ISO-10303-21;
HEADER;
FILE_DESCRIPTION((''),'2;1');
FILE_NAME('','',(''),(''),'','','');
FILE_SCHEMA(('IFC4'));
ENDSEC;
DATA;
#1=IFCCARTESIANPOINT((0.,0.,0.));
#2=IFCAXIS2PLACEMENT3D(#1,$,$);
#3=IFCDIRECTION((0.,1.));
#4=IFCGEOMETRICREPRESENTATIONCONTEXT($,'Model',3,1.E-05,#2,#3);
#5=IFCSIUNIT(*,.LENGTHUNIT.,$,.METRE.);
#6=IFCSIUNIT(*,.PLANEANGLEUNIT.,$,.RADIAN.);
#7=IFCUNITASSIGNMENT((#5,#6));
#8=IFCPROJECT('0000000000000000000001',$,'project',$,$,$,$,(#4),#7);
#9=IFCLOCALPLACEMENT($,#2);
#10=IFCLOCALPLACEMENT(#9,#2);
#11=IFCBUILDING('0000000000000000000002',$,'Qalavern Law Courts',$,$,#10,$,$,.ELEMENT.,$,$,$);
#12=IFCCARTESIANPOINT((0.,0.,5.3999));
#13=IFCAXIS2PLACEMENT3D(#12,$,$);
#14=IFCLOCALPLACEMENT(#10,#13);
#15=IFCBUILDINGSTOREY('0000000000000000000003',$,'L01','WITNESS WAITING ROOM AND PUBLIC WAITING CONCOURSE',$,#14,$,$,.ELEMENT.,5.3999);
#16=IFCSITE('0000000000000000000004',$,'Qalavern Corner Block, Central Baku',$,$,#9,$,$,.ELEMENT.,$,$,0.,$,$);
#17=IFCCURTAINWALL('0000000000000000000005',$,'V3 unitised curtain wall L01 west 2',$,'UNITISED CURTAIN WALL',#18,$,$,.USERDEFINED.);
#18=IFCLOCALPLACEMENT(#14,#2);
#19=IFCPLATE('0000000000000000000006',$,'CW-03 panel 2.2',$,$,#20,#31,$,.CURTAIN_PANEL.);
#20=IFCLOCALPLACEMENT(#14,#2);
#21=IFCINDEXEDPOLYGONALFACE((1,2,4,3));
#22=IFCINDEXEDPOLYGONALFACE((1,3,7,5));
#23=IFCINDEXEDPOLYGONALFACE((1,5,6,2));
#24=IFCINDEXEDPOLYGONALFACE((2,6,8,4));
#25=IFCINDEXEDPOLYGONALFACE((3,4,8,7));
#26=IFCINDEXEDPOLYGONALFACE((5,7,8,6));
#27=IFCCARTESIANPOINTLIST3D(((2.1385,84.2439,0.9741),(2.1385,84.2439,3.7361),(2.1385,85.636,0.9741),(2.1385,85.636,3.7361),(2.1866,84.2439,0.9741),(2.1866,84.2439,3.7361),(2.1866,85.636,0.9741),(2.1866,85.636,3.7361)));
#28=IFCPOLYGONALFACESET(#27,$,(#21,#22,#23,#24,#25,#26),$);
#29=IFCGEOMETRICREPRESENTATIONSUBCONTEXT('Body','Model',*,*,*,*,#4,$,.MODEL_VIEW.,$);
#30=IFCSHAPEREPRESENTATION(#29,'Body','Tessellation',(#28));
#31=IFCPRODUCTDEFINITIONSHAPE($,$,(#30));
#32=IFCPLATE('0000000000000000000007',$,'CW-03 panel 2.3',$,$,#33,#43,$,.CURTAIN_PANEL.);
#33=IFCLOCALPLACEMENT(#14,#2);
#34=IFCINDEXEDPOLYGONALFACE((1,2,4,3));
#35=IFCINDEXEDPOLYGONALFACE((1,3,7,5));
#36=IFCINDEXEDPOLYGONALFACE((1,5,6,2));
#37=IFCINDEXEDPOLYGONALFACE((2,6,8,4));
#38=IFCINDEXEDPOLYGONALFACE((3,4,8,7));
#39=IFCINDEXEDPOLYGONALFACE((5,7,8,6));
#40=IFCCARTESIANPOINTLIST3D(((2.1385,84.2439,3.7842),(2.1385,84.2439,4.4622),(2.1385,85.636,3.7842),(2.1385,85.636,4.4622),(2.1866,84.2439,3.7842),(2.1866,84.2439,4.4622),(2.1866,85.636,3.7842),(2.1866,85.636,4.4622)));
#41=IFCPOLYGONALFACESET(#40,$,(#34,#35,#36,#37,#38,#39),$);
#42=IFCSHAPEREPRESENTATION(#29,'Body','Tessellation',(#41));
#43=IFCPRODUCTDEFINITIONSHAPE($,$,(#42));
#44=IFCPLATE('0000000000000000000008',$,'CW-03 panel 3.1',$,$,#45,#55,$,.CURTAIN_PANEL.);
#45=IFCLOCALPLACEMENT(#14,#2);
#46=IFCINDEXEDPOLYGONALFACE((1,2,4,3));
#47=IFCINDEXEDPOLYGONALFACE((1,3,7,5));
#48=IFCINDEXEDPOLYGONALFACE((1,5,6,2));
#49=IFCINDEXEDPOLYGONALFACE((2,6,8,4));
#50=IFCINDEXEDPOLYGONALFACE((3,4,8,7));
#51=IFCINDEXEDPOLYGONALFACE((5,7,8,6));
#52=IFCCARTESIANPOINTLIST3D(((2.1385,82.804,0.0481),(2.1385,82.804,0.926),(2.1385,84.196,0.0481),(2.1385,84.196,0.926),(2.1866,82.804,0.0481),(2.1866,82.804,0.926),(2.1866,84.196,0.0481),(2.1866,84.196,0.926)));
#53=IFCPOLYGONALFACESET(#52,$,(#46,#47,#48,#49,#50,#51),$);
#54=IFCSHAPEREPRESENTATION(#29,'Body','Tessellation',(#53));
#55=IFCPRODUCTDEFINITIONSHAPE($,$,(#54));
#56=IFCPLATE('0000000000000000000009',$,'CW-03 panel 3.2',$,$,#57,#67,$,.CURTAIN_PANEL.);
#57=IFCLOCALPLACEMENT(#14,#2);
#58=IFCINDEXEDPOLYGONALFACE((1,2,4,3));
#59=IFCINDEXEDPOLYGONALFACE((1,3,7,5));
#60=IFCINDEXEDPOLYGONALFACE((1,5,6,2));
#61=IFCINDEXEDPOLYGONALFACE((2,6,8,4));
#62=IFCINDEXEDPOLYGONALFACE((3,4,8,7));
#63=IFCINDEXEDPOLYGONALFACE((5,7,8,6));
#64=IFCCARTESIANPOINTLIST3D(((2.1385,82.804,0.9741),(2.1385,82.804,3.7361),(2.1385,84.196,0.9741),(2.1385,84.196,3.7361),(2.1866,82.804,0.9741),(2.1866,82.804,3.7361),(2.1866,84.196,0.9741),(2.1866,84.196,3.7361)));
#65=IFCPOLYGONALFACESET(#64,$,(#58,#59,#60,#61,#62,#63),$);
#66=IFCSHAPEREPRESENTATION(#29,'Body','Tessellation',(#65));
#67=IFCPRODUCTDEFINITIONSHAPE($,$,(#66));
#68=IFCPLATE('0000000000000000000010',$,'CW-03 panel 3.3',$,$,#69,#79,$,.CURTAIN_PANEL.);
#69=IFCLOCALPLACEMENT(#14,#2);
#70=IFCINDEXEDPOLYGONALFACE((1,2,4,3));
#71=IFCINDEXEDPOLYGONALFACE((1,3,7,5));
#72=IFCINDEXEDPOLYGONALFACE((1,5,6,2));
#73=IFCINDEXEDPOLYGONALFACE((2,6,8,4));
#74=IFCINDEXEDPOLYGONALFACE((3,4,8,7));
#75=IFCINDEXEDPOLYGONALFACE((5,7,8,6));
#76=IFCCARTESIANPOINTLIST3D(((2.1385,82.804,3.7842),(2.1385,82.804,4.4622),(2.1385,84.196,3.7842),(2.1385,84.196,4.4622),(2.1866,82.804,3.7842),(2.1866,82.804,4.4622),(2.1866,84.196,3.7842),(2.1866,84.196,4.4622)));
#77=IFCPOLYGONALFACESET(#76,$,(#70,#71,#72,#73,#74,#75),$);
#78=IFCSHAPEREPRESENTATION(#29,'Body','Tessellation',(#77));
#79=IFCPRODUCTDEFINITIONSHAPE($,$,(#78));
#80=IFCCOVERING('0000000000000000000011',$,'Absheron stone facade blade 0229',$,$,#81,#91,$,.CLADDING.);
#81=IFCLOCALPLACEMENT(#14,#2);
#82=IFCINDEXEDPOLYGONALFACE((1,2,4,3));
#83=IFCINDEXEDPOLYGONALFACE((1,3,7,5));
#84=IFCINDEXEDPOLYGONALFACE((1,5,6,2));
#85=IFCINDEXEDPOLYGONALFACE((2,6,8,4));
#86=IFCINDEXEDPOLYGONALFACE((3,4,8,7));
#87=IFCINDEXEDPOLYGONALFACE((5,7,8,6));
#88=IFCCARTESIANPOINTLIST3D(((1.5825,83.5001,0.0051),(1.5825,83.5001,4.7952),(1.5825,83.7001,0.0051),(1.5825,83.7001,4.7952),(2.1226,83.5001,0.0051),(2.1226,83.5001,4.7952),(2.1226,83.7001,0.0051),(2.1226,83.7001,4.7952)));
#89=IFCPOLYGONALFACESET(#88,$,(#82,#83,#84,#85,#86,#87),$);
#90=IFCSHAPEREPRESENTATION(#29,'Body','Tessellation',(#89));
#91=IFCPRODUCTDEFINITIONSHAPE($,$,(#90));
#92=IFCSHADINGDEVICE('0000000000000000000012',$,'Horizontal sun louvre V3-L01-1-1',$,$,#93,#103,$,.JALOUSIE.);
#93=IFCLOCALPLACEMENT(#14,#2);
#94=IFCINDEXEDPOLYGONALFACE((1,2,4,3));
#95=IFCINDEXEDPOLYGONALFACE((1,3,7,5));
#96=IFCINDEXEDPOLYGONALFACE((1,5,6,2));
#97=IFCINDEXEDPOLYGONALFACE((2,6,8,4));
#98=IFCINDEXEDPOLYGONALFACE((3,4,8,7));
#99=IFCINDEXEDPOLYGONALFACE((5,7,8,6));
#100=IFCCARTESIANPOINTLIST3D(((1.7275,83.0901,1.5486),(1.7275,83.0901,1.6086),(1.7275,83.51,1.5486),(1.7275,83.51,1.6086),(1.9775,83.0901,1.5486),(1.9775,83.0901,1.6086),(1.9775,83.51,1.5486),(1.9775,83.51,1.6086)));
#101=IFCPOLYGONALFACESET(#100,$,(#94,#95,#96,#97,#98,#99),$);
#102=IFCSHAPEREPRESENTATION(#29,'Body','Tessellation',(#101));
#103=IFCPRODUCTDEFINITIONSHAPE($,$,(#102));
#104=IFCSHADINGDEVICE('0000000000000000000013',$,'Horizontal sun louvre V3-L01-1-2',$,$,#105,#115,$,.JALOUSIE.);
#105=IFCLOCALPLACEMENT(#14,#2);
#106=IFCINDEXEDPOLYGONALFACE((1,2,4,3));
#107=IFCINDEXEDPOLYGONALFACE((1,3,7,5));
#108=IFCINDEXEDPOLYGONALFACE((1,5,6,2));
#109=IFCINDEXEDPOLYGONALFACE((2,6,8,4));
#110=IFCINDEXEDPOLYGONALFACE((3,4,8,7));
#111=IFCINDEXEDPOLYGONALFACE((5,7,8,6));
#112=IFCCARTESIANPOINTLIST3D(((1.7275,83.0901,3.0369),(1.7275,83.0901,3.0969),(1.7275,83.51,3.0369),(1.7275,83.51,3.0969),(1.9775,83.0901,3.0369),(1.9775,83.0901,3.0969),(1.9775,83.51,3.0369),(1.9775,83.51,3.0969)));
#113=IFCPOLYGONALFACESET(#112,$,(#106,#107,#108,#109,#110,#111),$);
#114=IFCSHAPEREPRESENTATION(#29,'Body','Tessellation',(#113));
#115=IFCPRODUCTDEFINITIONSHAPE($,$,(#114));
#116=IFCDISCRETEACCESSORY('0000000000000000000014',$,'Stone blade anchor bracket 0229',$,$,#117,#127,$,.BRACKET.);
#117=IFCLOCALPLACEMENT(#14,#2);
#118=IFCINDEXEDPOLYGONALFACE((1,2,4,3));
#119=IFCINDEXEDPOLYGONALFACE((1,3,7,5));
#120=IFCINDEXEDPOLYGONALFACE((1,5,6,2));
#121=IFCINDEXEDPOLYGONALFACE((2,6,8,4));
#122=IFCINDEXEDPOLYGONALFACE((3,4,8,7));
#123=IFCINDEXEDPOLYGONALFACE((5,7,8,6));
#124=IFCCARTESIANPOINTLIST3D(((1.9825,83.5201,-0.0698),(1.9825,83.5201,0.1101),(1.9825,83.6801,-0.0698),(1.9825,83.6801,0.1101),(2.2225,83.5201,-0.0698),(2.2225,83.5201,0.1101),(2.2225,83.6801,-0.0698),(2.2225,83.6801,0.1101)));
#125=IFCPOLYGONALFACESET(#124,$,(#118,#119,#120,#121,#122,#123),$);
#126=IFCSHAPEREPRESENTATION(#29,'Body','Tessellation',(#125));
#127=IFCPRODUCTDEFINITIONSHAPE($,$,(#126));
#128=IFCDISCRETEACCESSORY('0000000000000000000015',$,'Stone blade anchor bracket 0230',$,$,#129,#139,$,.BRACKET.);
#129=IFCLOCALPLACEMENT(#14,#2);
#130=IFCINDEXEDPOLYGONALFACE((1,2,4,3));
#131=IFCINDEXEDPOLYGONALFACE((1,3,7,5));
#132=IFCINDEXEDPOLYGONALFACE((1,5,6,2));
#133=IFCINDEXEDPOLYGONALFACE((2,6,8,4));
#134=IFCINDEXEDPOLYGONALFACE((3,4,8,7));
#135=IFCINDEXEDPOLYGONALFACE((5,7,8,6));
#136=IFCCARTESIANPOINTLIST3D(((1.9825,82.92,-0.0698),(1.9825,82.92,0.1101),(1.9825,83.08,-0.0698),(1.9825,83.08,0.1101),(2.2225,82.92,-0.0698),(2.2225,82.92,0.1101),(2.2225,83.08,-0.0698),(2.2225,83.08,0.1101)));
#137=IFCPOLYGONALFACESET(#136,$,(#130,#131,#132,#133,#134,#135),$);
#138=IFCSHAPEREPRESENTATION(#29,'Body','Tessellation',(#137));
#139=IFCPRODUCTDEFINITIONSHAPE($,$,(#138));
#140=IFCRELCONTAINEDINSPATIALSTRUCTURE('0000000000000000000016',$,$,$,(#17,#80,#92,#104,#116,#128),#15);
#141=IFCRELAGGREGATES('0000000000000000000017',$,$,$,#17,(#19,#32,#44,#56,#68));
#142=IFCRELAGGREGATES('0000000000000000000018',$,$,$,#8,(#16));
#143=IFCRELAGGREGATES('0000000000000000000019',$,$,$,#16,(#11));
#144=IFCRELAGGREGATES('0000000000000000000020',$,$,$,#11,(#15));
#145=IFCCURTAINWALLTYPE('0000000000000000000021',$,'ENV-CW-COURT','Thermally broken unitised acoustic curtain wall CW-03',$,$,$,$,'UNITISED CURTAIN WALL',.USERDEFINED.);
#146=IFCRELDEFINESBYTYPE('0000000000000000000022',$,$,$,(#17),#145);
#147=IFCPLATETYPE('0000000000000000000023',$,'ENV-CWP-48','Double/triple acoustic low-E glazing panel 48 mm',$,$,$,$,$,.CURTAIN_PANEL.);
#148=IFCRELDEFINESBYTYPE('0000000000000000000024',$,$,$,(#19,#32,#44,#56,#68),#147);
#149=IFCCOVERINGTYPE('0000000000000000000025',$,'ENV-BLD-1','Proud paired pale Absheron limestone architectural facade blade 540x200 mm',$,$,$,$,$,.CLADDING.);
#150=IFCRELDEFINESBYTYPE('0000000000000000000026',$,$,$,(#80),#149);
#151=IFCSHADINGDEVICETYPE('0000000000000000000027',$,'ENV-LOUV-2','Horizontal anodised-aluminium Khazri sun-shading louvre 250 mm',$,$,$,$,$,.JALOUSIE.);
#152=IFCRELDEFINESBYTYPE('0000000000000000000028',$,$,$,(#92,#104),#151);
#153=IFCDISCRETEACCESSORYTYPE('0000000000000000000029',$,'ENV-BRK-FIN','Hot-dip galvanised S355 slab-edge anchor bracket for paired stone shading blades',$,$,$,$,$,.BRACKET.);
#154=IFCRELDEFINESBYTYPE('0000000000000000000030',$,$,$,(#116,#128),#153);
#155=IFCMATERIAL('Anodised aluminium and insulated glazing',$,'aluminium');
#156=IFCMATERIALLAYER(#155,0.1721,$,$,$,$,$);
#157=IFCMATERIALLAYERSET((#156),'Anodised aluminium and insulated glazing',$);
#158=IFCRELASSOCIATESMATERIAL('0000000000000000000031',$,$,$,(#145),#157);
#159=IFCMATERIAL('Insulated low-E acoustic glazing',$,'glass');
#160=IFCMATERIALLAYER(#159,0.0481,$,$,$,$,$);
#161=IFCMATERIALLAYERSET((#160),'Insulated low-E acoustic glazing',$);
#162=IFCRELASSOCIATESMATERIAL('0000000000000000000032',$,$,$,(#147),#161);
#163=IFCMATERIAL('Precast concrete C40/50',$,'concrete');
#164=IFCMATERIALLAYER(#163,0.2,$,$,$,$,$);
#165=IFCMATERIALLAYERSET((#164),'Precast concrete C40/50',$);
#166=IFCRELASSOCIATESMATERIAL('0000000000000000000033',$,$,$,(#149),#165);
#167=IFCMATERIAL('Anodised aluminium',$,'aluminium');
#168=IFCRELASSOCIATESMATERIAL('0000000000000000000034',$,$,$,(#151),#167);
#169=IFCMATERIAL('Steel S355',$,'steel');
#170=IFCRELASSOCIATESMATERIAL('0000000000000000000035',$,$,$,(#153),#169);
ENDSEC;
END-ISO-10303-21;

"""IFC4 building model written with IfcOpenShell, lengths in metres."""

from ifc_helpers import new_model, si_unit, direction, frame, origin, origin_2d, place, context, subcontext, project, spatial, rectangle, extrude, material, layer, layer_set, type_object, element, aggregate, save


model = new_model("IFC4")

# Units and contexts
model_context = context("Model", 3, precision=1e-05, world=origin(), true_north=direction((0.0, 1.0)))
body_context = subcontext(model_context, "Body", "Model", "MODEL_VIEW")
ifc_project = project(units=[si_unit("LENGTHUNIT", "METRE"), si_unit("PLANEANGLEUNIT", "RADIAN")], contexts=[model_context])

# Site, building, storey
site_placement = place(None, origin())
site = spatial("IfcSite", under=ifc_project, at=site_placement, Name="Qalavern Corner Block, Central Baku", CompositionType="ELEMENT", RefElevation=0.0)
building_placement = place(site_placement, origin())
building = spatial("IfcBuilding", under=site, at=building_placement, Name="Qalavern Law Courts", CompositionType="ELEMENT")
storey_placement = place(building_placement, frame((0.0, 0.0, 5.3999)))
storey = spatial("IfcBuildingStorey", under=building, at=storey_placement, Name="L01", Description="WITNESS WAITING ROOM AND PUBLIC WAITING CONCOURSE", CompositionType="ELEMENT", Elevation=5.3999)

# Curtain wall, plates
ifc_material_1 = material(Name="Anodised aluminium and insulated glazing", Category="aluminium")
ifc_layer_1 = layer(ifc_material_1, 0.1721)
ifc_layer_set_1 = layer_set([ifc_layer_1], Name="Anodised aluminium and insulated glazing")
curtain_wall_type = type_object("IfcCurtainWallType", Name="ENV-CW-COURT", Description="Thermally broken unitised acoustic curtain wall CW-03", ElementType="UNITISED CURTAIN WALL", PredefinedType="USERDEFINED", material=ifc_layer_set_1)
curtain_wall_placement = place(storey_placement, origin())
curtain_wall = element("IfcCurtainWall", 1, at=curtain_wall_placement, inside=storey, type_object=curtain_wall_type, Name="V3 unitised curtain wall L01 west 2", ObjectType="UNITISED CURTAIN WALL", PredefinedType="USERDEFINED")
ifc_material_2 = material(Name="Anodised aluminium", Category="aluminium")
ifc_material_3 = material(Name="Insulated low-E acoustic glazing", Category="glass")
ifc_layer_2 = layer(ifc_material_3, 0.0481)
ifc_layer_set_2 = layer_set([ifc_layer_2], Name="Insulated low-E acoustic glazing")
plate_type = type_object("IfcPlateType", Name="ENV-CWP-48", Description="Double/triple acoustic low-E glazing panel 48 mm", PredefinedType="CURTAIN_PANEL", material=ifc_layer_set_2)
plate_1_placement = place(storey_placement, frame((2.1626, 84.9399, 0.9741), z_axis=(0.0, 0.0, 1.0), x_axis=(0.0, -1.0, 0.0)))
plate_1 = element("IfcPlate", 2, at=plate_1_placement, type_object=plate_type, Name="CW-03 panel 2.2", PredefinedType="CURTAIN_PANEL", context=body_context, shape_type="SweptSolid", body=[
    extrude(rectangle(XDim=1.3921, YDim=0.0481, at=origin_2d()), origin(), (0.0, 0.0, 1.0), 2.762),
])
plate_2_placement = place(storey_placement, frame((2.1626, 84.9399, 3.7842), z_axis=(0.0, 0.0, 1.0), x_axis=(0.0, -1.0, 0.0)))
plate_2 = element("IfcPlate", 3, at=plate_2_placement, type_object=plate_type, Name="CW-03 panel 2.3", PredefinedType="CURTAIN_PANEL", context=body_context, shape_type="SweptSolid", body=[
    extrude(rectangle(XDim=1.3921, YDim=0.0481, at=origin_2d()), origin(), (0.0, 0.0, 1.0), 0.678),
])
plate_3_placement = place(storey_placement, frame((2.1626, 83.5, 0.0481), z_axis=(0.0, 0.0, 1.0), x_axis=(0.0, -1.0, 0.0)))
plate_3 = element("IfcPlate", 4, at=plate_3_placement, type_object=plate_type, Name="CW-03 panel 3.1", PredefinedType="CURTAIN_PANEL", context=body_context, shape_type="SweptSolid", body=[
    extrude(rectangle(XDim=1.3921, YDim=0.0481, at=origin_2d()), origin(), (0.0, 0.0, 1.0), 0.8779),
])
plate_4_placement = place(storey_placement, frame((2.1626, 83.5, 0.9741), z_axis=(0.0, 0.0, 1.0), x_axis=(0.0, -1.0, 0.0)))
plate_4 = element("IfcPlate", 5, at=plate_4_placement, type_object=plate_type, Name="CW-03 panel 3.2", PredefinedType="CURTAIN_PANEL", context=body_context, shape_type="SweptSolid", body=[
    extrude(rectangle(XDim=1.3921, YDim=0.0481, at=origin_2d()), origin(), (0.0, 0.0, 1.0), 2.762),
])
plate_5_placement = place(storey_placement, frame((2.1626, 83.5, 3.7842), z_axis=(0.0, 0.0, 1.0), x_axis=(0.0, -1.0, 0.0)))
plate_5 = element("IfcPlate", 6, at=plate_5_placement, type_object=plate_type, Name="CW-03 panel 3.3", PredefinedType="CURTAIN_PANEL", context=body_context, shape_type="SweptSolid", body=[
    extrude(rectangle(XDim=1.3921, YDim=0.0481, at=origin_2d()), origin(), (0.0, 0.0, 1.0), 0.678),
])
aggregate(curtain_wall, [plate_1, plate_2, plate_3, plate_4, plate_5])

# Covering
ifc_material_4 = material(Name="Precast concrete C40/50", Category="concrete")
ifc_layer_3 = layer(ifc_material_4, 0.2)
ifc_layer_set_3 = layer_set([ifc_layer_3], Name="Precast concrete C40/50")
covering_type = type_object("IfcCoveringType", Name="ENV-BLD-1", Description="Proud paired pale Absheron limestone architectural facade blade 540x200 mm", PredefinedType="CLADDING", material=ifc_layer_set_3)
covering_placement = place(storey_placement, frame((1.8525, 83.6001, 0.0051), z_axis=(0.0, 0.0, 1.0), x_axis=(-1.0, 0.0, 0.0)))
element("IfcCovering", 7, at=covering_placement, inside=storey, type_object=covering_type, Name="Absheron stone facade blade 0229", PredefinedType="CLADDING", context=body_context, shape_type="SweptSolid", body=[
    extrude(rectangle(XDim=0.54, YDim=0.2, at=origin_2d()), origin(), (0.0, 0.0, 1.0), 4.79),
])

# Shading devices
shading_device_type = type_object("IfcShadingDeviceType", Name="ENV-LOUV-2", Description="Horizontal anodised-aluminium Khazri sun-shading louvre 250 mm", PredefinedType="JALOUSIE", material=ifc_material_2)
for number, where, z_axis, x_axis, name in (
    (8, (1.8525, 83.3, 1.5486), (0.0, 0.0, 1.0), (0.0, -1.0, 0.0), "Horizontal sun louvre V3-L01-1-1"),
    (9, (1.8525, 83.3, 3.0369), (0.0, 0.0, 1.0), (0.0, -1.0, 0.0), "Horizontal sun louvre V3-L01-1-2"),
):
    element("IfcShadingDevice", number, at=place(storey_placement, frame(where, z_axis=z_axis, x_axis=x_axis)), inside=storey, type_object=shading_device_type, Name=name, PredefinedType="JALOUSIE", context=body_context, shape_type="SweptSolid", body=[
        extrude(rectangle(XDim=0.4199, YDim=0.25, at=origin_2d()), origin(), (0.0, 0.0, 1.0), 0.0601),
    ])

# Discrete accessories
ifc_material_5 = material(Name="Steel S355", Category="steel")
discrete_accessory_type = type_object("IfcDiscreteAccessoryType", Name="ENV-BRK-FIN", Description="Hot-dip galvanised S355 slab-edge anchor bracket for paired stone shading blades", PredefinedType="BRACKET", material=ifc_material_5)
for number, where, z_axis, x_axis, name in (
    (10, (2.1025, 83.6001, -0.0698), (0.0, 0.0, 1.0), (-1.0, 0.0, 0.0), "Stone blade anchor bracket 0229"),
    (11, (2.1025, 83.0, -0.0698), (0.0, 0.0, 1.0), (-1.0, 0.0, 0.0), "Stone blade anchor bracket 0230"),
):
    element("IfcDiscreteAccessory", number, at=place(storey_placement, frame(where, z_axis=z_axis, x_axis=x_axis)), inside=storey, type_object=discrete_accessory_type, Name=name, PredefinedType="BRACKET", context=body_context, shape_type="SweptSolid", body=[
        extrude(rectangle(XDim=0.24, YDim=0.1599, at=origin_2d()), origin(), (0.0, 0.0, 1.0), 0.1799),
    ])

save(model, "model.ifc")
